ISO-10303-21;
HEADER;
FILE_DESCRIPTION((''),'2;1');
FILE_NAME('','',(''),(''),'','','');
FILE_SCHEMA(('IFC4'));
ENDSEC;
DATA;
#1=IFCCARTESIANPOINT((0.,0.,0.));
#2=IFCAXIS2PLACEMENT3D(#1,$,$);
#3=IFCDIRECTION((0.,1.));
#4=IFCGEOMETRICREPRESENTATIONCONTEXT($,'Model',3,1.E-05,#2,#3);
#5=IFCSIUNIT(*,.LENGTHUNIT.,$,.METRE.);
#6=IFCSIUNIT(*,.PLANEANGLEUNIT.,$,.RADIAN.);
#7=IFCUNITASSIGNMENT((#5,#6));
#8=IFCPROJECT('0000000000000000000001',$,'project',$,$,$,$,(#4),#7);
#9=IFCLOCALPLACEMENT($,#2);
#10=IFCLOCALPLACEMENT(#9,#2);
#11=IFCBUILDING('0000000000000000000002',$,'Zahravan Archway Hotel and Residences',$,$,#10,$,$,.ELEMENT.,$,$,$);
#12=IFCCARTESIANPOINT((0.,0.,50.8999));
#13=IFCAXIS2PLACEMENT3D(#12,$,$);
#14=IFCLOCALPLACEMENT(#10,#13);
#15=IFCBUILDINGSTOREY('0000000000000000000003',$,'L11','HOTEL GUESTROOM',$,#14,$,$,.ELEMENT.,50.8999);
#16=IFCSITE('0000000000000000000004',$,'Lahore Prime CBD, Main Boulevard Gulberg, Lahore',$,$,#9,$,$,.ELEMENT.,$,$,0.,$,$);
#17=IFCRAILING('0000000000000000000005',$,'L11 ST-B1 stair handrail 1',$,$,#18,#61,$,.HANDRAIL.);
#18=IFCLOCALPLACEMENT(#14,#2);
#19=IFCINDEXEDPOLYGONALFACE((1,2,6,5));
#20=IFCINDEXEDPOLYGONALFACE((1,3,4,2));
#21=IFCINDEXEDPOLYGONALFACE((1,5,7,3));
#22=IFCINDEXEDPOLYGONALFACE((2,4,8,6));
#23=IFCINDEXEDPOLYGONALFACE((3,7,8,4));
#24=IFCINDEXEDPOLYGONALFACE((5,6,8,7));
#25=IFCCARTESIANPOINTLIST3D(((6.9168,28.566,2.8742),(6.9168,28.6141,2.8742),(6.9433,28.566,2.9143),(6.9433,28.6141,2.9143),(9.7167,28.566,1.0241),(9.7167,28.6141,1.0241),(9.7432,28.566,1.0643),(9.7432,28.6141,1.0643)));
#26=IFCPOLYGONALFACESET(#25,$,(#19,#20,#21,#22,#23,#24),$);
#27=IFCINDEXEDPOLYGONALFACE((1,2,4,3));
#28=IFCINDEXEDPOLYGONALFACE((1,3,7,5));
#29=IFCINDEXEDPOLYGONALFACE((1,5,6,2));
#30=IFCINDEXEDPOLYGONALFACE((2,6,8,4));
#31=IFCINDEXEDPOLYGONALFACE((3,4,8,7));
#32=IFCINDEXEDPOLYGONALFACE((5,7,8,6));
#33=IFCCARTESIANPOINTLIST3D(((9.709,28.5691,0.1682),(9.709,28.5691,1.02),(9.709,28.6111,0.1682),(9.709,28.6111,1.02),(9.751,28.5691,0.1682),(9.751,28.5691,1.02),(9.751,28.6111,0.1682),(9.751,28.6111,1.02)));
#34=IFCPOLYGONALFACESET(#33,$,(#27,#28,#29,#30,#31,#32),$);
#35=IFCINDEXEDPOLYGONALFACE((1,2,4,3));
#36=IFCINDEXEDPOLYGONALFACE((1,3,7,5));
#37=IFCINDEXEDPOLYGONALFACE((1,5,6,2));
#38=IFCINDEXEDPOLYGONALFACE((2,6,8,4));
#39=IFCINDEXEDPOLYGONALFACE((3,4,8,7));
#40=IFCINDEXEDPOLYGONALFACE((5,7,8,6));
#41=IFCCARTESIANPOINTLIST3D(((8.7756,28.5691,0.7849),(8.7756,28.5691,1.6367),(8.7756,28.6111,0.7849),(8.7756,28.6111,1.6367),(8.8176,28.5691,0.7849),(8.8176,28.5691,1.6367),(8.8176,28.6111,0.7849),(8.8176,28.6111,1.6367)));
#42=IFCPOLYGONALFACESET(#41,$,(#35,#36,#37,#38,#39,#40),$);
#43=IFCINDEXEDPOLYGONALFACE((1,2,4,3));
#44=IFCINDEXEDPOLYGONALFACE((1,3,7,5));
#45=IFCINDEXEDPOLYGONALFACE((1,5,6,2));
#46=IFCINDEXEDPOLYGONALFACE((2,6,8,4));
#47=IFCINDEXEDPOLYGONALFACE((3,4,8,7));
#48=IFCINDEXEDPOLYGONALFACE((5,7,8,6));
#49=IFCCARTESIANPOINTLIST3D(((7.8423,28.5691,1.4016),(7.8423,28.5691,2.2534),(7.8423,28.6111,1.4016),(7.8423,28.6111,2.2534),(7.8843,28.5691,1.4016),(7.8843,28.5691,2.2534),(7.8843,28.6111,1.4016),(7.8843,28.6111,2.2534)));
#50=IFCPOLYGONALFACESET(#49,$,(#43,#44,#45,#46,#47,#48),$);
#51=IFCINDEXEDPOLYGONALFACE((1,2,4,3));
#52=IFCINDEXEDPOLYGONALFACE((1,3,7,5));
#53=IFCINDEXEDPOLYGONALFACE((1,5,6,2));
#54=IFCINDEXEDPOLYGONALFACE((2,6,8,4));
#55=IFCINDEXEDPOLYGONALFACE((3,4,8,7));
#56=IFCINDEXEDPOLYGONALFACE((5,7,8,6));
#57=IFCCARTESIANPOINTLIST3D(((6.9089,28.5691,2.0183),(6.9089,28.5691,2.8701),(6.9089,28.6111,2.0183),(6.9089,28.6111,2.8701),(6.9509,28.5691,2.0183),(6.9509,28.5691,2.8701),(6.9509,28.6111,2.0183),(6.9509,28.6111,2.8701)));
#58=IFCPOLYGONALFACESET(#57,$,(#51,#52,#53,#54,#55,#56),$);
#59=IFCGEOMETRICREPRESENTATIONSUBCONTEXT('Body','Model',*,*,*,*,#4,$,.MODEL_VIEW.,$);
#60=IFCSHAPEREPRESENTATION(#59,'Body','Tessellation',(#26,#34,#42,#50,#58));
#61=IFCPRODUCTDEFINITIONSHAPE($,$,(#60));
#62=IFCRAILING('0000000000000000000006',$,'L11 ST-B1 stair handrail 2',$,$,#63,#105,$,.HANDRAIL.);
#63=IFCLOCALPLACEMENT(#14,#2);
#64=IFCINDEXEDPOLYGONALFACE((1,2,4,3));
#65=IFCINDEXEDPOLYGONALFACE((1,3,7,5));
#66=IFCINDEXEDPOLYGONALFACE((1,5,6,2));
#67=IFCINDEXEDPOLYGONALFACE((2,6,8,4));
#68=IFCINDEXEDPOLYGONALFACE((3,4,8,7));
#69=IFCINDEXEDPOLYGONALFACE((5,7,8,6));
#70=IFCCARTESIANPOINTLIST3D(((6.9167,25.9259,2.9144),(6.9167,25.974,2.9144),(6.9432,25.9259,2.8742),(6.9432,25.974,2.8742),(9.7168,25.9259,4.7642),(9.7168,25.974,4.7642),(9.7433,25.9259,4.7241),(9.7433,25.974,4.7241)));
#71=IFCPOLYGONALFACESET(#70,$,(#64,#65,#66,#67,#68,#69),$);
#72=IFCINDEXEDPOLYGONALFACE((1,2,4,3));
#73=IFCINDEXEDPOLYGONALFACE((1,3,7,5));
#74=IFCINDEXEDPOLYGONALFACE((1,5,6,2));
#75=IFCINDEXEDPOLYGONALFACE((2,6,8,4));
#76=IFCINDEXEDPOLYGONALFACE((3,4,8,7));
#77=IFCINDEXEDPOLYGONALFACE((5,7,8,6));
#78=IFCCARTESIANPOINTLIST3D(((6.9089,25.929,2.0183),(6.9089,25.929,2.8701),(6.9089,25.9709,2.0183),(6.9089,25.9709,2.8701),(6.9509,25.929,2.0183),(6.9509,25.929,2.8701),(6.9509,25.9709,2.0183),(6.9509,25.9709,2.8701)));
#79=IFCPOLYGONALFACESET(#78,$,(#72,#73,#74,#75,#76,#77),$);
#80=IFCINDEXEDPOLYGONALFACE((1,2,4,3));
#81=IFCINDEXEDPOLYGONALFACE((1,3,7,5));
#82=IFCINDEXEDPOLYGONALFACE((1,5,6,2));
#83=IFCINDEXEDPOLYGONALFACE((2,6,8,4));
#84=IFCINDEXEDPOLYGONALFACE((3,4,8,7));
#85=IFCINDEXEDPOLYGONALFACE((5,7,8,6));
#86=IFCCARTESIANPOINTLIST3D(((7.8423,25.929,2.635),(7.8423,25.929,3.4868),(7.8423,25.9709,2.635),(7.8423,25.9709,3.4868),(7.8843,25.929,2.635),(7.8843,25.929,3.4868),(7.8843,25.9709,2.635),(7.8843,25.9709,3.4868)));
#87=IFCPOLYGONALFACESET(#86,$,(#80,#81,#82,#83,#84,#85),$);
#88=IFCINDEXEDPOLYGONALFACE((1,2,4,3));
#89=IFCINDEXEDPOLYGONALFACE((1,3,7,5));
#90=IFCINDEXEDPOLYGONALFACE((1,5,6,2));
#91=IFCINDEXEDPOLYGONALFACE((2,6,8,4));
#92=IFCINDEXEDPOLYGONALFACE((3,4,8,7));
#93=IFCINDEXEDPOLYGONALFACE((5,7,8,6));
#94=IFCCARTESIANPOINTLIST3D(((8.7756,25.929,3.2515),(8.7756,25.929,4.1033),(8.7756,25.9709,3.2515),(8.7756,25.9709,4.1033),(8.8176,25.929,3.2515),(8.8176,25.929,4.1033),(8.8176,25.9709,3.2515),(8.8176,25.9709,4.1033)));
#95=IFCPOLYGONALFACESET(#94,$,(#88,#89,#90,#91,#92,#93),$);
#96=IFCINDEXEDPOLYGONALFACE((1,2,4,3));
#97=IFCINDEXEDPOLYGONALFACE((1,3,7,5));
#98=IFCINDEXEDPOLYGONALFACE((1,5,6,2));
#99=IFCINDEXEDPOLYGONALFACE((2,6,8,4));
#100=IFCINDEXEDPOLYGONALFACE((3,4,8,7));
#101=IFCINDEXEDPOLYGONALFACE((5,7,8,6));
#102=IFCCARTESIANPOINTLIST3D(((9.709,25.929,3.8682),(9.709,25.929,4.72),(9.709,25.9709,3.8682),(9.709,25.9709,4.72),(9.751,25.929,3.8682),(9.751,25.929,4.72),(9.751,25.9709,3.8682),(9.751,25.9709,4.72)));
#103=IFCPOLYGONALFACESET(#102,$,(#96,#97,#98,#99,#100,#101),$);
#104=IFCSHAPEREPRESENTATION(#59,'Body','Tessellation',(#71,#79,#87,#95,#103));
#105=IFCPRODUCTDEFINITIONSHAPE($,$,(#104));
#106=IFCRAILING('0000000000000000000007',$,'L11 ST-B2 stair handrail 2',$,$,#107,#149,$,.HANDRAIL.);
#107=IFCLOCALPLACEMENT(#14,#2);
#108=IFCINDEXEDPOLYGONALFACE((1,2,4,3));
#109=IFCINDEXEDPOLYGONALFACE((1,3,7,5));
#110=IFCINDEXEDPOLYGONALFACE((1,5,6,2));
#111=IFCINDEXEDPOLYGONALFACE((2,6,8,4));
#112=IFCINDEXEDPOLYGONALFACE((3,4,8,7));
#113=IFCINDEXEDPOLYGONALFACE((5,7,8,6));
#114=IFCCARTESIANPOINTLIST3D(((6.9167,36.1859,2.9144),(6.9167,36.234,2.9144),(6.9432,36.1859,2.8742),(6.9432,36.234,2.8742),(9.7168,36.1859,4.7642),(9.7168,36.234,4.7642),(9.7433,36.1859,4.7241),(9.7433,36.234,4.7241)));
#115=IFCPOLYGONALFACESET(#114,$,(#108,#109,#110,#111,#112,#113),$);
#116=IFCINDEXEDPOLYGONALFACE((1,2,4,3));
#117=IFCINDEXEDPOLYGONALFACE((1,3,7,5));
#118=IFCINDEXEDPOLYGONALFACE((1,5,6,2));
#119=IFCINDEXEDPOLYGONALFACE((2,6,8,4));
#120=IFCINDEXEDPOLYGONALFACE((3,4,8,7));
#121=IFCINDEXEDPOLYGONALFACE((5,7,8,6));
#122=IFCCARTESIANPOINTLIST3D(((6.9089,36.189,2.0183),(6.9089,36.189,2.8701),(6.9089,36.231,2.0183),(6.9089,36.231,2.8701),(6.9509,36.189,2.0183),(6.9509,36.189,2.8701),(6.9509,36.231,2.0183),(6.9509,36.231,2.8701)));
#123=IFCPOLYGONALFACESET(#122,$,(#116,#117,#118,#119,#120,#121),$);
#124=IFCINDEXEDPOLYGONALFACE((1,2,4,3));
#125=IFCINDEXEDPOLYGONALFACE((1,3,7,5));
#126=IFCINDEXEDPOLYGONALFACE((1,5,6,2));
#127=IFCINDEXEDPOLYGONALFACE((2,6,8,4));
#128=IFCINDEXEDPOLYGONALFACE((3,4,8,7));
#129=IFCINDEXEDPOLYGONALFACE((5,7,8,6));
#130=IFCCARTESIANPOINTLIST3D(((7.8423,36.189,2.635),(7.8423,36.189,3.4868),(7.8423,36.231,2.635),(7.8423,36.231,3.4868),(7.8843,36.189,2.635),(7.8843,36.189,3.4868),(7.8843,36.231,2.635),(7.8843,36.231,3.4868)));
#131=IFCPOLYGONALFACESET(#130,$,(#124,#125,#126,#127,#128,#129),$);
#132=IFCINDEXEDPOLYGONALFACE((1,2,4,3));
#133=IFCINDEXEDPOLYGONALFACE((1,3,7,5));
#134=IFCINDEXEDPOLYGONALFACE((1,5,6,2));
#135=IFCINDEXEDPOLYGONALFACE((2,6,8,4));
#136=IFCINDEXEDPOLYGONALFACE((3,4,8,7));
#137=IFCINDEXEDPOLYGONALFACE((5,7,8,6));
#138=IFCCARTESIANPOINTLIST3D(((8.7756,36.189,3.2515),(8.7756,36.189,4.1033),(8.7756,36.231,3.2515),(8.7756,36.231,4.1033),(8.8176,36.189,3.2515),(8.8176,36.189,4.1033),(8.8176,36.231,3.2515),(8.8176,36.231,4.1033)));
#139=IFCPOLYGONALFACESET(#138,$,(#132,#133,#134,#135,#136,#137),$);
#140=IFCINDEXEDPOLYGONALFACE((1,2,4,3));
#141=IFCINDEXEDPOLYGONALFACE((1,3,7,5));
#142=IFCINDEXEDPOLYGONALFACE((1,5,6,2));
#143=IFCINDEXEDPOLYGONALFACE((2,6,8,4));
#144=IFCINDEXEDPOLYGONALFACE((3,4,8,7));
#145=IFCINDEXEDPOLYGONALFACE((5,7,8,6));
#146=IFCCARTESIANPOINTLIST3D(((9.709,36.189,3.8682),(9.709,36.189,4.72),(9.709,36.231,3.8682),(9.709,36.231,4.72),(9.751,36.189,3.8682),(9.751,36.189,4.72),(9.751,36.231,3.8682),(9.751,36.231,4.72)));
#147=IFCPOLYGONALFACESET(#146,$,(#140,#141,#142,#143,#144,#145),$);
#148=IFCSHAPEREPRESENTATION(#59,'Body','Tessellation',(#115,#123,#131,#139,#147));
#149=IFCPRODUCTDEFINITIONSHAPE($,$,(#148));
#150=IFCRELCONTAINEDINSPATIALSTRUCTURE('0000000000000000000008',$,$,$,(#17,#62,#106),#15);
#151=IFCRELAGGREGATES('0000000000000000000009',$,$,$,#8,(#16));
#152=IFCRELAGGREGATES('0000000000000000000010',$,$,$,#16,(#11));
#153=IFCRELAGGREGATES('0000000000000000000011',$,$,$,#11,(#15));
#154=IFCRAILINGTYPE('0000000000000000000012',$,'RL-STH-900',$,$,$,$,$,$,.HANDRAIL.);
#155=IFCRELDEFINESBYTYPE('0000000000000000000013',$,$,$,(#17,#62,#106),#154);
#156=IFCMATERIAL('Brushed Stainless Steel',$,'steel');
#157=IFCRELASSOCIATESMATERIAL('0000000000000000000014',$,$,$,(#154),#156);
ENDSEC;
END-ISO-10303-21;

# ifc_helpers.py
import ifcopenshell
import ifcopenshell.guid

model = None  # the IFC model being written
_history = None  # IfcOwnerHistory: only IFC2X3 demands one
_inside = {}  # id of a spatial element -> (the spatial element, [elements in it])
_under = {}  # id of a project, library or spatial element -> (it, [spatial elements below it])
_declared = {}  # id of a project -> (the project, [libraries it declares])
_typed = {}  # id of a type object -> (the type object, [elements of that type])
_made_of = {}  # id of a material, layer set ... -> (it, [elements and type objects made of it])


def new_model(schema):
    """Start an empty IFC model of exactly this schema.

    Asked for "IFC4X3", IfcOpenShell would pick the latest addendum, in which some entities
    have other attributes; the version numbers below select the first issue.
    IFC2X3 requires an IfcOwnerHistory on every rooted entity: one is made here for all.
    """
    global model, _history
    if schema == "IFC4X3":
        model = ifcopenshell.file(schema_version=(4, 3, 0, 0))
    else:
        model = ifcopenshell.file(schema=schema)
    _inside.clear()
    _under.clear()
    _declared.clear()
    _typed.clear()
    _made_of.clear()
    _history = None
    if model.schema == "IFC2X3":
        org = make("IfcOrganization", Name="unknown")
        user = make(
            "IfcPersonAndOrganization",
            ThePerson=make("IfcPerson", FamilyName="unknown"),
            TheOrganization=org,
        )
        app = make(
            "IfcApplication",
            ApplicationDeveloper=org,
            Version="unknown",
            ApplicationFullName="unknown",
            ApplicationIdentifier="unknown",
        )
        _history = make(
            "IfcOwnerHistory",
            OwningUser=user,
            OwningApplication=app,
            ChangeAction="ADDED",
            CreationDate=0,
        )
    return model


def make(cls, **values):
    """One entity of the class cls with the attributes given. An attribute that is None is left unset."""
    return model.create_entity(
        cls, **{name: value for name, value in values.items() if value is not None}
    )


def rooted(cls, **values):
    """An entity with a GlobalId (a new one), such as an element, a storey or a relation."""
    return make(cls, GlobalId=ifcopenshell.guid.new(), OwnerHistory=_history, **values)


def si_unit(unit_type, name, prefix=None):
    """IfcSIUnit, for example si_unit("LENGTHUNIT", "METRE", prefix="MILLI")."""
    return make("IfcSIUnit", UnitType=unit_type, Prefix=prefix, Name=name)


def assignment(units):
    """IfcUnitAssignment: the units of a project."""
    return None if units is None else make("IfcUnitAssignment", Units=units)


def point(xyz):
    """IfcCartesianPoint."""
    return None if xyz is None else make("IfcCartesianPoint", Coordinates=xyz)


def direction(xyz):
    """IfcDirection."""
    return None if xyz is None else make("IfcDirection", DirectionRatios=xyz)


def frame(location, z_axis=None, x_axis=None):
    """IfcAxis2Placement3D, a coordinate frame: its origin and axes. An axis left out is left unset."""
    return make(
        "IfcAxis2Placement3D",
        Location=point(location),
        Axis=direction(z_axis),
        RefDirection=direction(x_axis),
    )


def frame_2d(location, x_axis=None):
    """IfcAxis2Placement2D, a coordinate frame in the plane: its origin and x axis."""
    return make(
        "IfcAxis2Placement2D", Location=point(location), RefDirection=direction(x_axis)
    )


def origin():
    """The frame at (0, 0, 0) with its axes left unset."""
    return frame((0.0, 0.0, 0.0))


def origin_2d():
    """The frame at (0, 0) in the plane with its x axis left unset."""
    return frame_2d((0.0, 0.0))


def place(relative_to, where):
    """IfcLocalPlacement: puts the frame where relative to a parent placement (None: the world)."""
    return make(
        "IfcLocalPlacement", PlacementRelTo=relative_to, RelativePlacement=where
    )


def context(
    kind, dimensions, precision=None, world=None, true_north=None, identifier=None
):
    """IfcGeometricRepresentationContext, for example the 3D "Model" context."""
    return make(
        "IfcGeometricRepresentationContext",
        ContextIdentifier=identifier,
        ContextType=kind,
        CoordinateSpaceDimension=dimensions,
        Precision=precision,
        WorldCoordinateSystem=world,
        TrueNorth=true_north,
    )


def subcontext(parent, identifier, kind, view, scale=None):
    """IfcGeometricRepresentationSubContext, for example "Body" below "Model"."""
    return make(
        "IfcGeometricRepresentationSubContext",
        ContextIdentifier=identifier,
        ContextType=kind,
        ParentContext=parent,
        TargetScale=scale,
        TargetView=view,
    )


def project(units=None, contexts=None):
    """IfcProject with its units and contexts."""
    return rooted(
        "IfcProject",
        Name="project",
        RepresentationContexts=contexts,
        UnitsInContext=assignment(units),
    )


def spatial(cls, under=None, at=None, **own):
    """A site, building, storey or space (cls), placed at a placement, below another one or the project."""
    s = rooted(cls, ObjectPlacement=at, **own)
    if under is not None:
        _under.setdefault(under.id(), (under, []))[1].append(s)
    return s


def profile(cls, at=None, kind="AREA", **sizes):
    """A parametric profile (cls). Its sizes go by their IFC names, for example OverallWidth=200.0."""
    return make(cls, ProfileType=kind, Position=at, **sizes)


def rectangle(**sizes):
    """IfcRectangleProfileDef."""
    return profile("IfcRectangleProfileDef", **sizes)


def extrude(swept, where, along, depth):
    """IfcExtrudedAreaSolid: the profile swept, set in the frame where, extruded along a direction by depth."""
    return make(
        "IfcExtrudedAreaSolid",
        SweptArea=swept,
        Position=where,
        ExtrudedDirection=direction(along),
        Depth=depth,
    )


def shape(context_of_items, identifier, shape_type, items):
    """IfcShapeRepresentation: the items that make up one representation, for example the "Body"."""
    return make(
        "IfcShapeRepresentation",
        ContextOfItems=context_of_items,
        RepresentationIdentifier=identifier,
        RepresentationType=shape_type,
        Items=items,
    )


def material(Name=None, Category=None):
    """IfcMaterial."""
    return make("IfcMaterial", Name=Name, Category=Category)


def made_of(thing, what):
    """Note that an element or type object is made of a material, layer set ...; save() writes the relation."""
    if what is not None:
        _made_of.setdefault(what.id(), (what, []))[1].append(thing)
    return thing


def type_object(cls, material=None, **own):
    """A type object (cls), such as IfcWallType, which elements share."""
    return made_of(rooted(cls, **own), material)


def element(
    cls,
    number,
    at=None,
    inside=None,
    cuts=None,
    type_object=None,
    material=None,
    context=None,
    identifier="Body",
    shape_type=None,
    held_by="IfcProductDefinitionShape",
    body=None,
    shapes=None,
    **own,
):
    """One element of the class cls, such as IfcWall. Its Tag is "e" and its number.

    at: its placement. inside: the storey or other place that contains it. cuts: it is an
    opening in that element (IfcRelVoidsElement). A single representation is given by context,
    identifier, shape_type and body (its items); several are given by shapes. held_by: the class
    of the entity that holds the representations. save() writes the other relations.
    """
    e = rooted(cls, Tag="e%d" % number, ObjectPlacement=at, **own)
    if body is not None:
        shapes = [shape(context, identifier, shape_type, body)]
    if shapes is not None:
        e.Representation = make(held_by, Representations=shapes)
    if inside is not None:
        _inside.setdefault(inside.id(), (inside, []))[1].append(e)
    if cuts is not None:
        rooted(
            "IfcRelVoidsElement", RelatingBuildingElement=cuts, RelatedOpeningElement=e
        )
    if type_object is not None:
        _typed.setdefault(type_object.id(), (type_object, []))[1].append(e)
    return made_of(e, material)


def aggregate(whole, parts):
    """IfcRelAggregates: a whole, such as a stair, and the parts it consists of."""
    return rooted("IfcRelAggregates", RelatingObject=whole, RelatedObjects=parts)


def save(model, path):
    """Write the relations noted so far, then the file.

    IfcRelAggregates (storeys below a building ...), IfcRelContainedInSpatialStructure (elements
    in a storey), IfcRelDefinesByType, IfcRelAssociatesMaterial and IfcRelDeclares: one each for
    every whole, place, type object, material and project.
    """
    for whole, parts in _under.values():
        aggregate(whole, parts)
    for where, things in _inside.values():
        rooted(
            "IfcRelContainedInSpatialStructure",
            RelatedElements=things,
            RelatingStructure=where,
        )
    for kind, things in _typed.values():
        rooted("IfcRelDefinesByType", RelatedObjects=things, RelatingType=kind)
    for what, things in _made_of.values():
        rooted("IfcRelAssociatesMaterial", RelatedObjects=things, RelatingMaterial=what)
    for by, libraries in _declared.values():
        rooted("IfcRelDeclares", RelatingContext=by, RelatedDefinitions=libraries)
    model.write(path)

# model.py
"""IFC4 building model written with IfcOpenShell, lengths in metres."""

from ifc_helpers import new_model, si_unit, direction, frame, origin, origin_2d, place, context, subcontext, project, spatial, rectangle, extrude, material, type_object, element, save


model = new_model("IFC4")

# Units and contexts
model_context = context("Model", 3, precision=1e-05, world=origin(), true_north=direction((0.0, 1.0)))
body_context = subcontext(model_context, "Body", "Model", "MODEL_VIEW")
ifc_project = project(units=[si_unit("LENGTHUNIT", "METRE"), si_unit("PLANEANGLEUNIT", "RADIAN")], contexts=[model_context])

# Site, building, storey
site_placement = place(None, origin())
site = spatial("IfcSite", under=ifc_project, at=site_placement, Name="Lahore Prime CBD, Main Boulevard Gulberg, Lahore", CompositionType="ELEMENT", RefElevation=0.0)
building_placement = place(site_placement, origin())
building = spatial("IfcBuilding", under=site, at=building_placement, Name="Zahravan Archway Hotel and Residences", CompositionType="ELEMENT")
storey_placement = place(building_placement, frame((0.0, 0.0, 50.8999)))
storey = spatial("IfcBuildingStorey", under=building, at=storey_placement, Name="L11", Description="HOTEL GUESTROOM", CompositionType="ELEMENT", Elevation=50.8999)

# Shared definitions
ifc_material_1 = material(Name="Brushed Stainless Steel", Category="steel")

# Railings
railing_type_1 = type_object("IfcRailingType", Name="RL-STH-900", PredefinedType="HANDRAIL", material=ifc_material_1)
railing_1_placement = place(storey_placement, frame((9.73, 28.5901, 0.1682)))
element("IfcRailing", 1, at=railing_1_placement, inside=storey, type_object=railing_type_1, Name="L11 ST-B1 stair handrail 1", PredefinedType="HANDRAIL", context=body_context, shape_type="SweptSolid", body=[
    extrude(rectangle(XDim=0.0481, YDim=0.0481, at=origin_2d()), frame((0.0, 0.0, 0.876), z_axis=(-0.834326, 0.0, 0.551271), x_axis=(0.0, -1.0, 0.0)), (0.0, 0.0, 1.0), 3.356),
    extrude(rectangle(XDim=0.042, YDim=0.042, at=origin_2d()), origin(), (0.0, 0.0, 1.0), 0.8518),
    extrude(rectangle(XDim=0.042, YDim=0.042, at=origin_2d()), frame((-0.9333, 0.0, 0.6167)), (0.0, 0.0, 1.0), 0.8518),
    extrude(rectangle(XDim=0.042, YDim=0.042, at=origin_2d()), frame((-1.8667, 0.0, 1.2334)), (0.0, 0.0, 1.0), 0.8518),
    extrude(rectangle(XDim=0.042, YDim=0.042, at=origin_2d()), frame((-2.8, 0.0, 1.8501)), (0.0, 0.0, 1.0), 0.8518),
])
for number, where, name in (
    (2, (6.9299, 25.95, 2.0183), "L11 ST-B1 stair handrail 2"),
    (3, (6.9299, 36.21, 2.0183), "L11 ST-B2 stair handrail 2"),
):
    element("IfcRailing", number, at=place(storey_placement, frame(where)), inside=storey, type_object=railing_type_1, Name=name, PredefinedType="HANDRAIL", context=body_context, shape_type="SweptSolid", body=[
        extrude(rectangle(XDim=0.0481, YDim=0.0481, at=origin_2d()), frame((0.0, 0.0, 0.876), z_axis=(0.83436, 0.0, 0.55122), x_axis=(0.0, 1.0, 0.0)), (0.0, 0.0, 1.0), 3.356),
        extrude(rectangle(XDim=0.042, YDim=0.042, at=origin_2d()), origin(), (0.0, 0.0, 1.0), 0.8518),
        extrude(rectangle(XDim=0.042, YDim=0.042, at=origin_2d()), frame((0.9333, 0.0, 0.6167)), (0.0, 0.0, 1.0), 0.8518),
        extrude(rectangle(XDim=0.042, YDim=0.042, at=origin_2d()), frame((1.8667, 0.0, 1.2332)), (0.0, 0.0, 1.0), 0.8518),
        extrude(rectangle(XDim=0.042, YDim=0.042, at=origin_2d()), frame((2.8, 0.0, 1.8499)), (0.0, 0.0, 1.0), 0.8518),
    ])

save(model, "model.ifc")
